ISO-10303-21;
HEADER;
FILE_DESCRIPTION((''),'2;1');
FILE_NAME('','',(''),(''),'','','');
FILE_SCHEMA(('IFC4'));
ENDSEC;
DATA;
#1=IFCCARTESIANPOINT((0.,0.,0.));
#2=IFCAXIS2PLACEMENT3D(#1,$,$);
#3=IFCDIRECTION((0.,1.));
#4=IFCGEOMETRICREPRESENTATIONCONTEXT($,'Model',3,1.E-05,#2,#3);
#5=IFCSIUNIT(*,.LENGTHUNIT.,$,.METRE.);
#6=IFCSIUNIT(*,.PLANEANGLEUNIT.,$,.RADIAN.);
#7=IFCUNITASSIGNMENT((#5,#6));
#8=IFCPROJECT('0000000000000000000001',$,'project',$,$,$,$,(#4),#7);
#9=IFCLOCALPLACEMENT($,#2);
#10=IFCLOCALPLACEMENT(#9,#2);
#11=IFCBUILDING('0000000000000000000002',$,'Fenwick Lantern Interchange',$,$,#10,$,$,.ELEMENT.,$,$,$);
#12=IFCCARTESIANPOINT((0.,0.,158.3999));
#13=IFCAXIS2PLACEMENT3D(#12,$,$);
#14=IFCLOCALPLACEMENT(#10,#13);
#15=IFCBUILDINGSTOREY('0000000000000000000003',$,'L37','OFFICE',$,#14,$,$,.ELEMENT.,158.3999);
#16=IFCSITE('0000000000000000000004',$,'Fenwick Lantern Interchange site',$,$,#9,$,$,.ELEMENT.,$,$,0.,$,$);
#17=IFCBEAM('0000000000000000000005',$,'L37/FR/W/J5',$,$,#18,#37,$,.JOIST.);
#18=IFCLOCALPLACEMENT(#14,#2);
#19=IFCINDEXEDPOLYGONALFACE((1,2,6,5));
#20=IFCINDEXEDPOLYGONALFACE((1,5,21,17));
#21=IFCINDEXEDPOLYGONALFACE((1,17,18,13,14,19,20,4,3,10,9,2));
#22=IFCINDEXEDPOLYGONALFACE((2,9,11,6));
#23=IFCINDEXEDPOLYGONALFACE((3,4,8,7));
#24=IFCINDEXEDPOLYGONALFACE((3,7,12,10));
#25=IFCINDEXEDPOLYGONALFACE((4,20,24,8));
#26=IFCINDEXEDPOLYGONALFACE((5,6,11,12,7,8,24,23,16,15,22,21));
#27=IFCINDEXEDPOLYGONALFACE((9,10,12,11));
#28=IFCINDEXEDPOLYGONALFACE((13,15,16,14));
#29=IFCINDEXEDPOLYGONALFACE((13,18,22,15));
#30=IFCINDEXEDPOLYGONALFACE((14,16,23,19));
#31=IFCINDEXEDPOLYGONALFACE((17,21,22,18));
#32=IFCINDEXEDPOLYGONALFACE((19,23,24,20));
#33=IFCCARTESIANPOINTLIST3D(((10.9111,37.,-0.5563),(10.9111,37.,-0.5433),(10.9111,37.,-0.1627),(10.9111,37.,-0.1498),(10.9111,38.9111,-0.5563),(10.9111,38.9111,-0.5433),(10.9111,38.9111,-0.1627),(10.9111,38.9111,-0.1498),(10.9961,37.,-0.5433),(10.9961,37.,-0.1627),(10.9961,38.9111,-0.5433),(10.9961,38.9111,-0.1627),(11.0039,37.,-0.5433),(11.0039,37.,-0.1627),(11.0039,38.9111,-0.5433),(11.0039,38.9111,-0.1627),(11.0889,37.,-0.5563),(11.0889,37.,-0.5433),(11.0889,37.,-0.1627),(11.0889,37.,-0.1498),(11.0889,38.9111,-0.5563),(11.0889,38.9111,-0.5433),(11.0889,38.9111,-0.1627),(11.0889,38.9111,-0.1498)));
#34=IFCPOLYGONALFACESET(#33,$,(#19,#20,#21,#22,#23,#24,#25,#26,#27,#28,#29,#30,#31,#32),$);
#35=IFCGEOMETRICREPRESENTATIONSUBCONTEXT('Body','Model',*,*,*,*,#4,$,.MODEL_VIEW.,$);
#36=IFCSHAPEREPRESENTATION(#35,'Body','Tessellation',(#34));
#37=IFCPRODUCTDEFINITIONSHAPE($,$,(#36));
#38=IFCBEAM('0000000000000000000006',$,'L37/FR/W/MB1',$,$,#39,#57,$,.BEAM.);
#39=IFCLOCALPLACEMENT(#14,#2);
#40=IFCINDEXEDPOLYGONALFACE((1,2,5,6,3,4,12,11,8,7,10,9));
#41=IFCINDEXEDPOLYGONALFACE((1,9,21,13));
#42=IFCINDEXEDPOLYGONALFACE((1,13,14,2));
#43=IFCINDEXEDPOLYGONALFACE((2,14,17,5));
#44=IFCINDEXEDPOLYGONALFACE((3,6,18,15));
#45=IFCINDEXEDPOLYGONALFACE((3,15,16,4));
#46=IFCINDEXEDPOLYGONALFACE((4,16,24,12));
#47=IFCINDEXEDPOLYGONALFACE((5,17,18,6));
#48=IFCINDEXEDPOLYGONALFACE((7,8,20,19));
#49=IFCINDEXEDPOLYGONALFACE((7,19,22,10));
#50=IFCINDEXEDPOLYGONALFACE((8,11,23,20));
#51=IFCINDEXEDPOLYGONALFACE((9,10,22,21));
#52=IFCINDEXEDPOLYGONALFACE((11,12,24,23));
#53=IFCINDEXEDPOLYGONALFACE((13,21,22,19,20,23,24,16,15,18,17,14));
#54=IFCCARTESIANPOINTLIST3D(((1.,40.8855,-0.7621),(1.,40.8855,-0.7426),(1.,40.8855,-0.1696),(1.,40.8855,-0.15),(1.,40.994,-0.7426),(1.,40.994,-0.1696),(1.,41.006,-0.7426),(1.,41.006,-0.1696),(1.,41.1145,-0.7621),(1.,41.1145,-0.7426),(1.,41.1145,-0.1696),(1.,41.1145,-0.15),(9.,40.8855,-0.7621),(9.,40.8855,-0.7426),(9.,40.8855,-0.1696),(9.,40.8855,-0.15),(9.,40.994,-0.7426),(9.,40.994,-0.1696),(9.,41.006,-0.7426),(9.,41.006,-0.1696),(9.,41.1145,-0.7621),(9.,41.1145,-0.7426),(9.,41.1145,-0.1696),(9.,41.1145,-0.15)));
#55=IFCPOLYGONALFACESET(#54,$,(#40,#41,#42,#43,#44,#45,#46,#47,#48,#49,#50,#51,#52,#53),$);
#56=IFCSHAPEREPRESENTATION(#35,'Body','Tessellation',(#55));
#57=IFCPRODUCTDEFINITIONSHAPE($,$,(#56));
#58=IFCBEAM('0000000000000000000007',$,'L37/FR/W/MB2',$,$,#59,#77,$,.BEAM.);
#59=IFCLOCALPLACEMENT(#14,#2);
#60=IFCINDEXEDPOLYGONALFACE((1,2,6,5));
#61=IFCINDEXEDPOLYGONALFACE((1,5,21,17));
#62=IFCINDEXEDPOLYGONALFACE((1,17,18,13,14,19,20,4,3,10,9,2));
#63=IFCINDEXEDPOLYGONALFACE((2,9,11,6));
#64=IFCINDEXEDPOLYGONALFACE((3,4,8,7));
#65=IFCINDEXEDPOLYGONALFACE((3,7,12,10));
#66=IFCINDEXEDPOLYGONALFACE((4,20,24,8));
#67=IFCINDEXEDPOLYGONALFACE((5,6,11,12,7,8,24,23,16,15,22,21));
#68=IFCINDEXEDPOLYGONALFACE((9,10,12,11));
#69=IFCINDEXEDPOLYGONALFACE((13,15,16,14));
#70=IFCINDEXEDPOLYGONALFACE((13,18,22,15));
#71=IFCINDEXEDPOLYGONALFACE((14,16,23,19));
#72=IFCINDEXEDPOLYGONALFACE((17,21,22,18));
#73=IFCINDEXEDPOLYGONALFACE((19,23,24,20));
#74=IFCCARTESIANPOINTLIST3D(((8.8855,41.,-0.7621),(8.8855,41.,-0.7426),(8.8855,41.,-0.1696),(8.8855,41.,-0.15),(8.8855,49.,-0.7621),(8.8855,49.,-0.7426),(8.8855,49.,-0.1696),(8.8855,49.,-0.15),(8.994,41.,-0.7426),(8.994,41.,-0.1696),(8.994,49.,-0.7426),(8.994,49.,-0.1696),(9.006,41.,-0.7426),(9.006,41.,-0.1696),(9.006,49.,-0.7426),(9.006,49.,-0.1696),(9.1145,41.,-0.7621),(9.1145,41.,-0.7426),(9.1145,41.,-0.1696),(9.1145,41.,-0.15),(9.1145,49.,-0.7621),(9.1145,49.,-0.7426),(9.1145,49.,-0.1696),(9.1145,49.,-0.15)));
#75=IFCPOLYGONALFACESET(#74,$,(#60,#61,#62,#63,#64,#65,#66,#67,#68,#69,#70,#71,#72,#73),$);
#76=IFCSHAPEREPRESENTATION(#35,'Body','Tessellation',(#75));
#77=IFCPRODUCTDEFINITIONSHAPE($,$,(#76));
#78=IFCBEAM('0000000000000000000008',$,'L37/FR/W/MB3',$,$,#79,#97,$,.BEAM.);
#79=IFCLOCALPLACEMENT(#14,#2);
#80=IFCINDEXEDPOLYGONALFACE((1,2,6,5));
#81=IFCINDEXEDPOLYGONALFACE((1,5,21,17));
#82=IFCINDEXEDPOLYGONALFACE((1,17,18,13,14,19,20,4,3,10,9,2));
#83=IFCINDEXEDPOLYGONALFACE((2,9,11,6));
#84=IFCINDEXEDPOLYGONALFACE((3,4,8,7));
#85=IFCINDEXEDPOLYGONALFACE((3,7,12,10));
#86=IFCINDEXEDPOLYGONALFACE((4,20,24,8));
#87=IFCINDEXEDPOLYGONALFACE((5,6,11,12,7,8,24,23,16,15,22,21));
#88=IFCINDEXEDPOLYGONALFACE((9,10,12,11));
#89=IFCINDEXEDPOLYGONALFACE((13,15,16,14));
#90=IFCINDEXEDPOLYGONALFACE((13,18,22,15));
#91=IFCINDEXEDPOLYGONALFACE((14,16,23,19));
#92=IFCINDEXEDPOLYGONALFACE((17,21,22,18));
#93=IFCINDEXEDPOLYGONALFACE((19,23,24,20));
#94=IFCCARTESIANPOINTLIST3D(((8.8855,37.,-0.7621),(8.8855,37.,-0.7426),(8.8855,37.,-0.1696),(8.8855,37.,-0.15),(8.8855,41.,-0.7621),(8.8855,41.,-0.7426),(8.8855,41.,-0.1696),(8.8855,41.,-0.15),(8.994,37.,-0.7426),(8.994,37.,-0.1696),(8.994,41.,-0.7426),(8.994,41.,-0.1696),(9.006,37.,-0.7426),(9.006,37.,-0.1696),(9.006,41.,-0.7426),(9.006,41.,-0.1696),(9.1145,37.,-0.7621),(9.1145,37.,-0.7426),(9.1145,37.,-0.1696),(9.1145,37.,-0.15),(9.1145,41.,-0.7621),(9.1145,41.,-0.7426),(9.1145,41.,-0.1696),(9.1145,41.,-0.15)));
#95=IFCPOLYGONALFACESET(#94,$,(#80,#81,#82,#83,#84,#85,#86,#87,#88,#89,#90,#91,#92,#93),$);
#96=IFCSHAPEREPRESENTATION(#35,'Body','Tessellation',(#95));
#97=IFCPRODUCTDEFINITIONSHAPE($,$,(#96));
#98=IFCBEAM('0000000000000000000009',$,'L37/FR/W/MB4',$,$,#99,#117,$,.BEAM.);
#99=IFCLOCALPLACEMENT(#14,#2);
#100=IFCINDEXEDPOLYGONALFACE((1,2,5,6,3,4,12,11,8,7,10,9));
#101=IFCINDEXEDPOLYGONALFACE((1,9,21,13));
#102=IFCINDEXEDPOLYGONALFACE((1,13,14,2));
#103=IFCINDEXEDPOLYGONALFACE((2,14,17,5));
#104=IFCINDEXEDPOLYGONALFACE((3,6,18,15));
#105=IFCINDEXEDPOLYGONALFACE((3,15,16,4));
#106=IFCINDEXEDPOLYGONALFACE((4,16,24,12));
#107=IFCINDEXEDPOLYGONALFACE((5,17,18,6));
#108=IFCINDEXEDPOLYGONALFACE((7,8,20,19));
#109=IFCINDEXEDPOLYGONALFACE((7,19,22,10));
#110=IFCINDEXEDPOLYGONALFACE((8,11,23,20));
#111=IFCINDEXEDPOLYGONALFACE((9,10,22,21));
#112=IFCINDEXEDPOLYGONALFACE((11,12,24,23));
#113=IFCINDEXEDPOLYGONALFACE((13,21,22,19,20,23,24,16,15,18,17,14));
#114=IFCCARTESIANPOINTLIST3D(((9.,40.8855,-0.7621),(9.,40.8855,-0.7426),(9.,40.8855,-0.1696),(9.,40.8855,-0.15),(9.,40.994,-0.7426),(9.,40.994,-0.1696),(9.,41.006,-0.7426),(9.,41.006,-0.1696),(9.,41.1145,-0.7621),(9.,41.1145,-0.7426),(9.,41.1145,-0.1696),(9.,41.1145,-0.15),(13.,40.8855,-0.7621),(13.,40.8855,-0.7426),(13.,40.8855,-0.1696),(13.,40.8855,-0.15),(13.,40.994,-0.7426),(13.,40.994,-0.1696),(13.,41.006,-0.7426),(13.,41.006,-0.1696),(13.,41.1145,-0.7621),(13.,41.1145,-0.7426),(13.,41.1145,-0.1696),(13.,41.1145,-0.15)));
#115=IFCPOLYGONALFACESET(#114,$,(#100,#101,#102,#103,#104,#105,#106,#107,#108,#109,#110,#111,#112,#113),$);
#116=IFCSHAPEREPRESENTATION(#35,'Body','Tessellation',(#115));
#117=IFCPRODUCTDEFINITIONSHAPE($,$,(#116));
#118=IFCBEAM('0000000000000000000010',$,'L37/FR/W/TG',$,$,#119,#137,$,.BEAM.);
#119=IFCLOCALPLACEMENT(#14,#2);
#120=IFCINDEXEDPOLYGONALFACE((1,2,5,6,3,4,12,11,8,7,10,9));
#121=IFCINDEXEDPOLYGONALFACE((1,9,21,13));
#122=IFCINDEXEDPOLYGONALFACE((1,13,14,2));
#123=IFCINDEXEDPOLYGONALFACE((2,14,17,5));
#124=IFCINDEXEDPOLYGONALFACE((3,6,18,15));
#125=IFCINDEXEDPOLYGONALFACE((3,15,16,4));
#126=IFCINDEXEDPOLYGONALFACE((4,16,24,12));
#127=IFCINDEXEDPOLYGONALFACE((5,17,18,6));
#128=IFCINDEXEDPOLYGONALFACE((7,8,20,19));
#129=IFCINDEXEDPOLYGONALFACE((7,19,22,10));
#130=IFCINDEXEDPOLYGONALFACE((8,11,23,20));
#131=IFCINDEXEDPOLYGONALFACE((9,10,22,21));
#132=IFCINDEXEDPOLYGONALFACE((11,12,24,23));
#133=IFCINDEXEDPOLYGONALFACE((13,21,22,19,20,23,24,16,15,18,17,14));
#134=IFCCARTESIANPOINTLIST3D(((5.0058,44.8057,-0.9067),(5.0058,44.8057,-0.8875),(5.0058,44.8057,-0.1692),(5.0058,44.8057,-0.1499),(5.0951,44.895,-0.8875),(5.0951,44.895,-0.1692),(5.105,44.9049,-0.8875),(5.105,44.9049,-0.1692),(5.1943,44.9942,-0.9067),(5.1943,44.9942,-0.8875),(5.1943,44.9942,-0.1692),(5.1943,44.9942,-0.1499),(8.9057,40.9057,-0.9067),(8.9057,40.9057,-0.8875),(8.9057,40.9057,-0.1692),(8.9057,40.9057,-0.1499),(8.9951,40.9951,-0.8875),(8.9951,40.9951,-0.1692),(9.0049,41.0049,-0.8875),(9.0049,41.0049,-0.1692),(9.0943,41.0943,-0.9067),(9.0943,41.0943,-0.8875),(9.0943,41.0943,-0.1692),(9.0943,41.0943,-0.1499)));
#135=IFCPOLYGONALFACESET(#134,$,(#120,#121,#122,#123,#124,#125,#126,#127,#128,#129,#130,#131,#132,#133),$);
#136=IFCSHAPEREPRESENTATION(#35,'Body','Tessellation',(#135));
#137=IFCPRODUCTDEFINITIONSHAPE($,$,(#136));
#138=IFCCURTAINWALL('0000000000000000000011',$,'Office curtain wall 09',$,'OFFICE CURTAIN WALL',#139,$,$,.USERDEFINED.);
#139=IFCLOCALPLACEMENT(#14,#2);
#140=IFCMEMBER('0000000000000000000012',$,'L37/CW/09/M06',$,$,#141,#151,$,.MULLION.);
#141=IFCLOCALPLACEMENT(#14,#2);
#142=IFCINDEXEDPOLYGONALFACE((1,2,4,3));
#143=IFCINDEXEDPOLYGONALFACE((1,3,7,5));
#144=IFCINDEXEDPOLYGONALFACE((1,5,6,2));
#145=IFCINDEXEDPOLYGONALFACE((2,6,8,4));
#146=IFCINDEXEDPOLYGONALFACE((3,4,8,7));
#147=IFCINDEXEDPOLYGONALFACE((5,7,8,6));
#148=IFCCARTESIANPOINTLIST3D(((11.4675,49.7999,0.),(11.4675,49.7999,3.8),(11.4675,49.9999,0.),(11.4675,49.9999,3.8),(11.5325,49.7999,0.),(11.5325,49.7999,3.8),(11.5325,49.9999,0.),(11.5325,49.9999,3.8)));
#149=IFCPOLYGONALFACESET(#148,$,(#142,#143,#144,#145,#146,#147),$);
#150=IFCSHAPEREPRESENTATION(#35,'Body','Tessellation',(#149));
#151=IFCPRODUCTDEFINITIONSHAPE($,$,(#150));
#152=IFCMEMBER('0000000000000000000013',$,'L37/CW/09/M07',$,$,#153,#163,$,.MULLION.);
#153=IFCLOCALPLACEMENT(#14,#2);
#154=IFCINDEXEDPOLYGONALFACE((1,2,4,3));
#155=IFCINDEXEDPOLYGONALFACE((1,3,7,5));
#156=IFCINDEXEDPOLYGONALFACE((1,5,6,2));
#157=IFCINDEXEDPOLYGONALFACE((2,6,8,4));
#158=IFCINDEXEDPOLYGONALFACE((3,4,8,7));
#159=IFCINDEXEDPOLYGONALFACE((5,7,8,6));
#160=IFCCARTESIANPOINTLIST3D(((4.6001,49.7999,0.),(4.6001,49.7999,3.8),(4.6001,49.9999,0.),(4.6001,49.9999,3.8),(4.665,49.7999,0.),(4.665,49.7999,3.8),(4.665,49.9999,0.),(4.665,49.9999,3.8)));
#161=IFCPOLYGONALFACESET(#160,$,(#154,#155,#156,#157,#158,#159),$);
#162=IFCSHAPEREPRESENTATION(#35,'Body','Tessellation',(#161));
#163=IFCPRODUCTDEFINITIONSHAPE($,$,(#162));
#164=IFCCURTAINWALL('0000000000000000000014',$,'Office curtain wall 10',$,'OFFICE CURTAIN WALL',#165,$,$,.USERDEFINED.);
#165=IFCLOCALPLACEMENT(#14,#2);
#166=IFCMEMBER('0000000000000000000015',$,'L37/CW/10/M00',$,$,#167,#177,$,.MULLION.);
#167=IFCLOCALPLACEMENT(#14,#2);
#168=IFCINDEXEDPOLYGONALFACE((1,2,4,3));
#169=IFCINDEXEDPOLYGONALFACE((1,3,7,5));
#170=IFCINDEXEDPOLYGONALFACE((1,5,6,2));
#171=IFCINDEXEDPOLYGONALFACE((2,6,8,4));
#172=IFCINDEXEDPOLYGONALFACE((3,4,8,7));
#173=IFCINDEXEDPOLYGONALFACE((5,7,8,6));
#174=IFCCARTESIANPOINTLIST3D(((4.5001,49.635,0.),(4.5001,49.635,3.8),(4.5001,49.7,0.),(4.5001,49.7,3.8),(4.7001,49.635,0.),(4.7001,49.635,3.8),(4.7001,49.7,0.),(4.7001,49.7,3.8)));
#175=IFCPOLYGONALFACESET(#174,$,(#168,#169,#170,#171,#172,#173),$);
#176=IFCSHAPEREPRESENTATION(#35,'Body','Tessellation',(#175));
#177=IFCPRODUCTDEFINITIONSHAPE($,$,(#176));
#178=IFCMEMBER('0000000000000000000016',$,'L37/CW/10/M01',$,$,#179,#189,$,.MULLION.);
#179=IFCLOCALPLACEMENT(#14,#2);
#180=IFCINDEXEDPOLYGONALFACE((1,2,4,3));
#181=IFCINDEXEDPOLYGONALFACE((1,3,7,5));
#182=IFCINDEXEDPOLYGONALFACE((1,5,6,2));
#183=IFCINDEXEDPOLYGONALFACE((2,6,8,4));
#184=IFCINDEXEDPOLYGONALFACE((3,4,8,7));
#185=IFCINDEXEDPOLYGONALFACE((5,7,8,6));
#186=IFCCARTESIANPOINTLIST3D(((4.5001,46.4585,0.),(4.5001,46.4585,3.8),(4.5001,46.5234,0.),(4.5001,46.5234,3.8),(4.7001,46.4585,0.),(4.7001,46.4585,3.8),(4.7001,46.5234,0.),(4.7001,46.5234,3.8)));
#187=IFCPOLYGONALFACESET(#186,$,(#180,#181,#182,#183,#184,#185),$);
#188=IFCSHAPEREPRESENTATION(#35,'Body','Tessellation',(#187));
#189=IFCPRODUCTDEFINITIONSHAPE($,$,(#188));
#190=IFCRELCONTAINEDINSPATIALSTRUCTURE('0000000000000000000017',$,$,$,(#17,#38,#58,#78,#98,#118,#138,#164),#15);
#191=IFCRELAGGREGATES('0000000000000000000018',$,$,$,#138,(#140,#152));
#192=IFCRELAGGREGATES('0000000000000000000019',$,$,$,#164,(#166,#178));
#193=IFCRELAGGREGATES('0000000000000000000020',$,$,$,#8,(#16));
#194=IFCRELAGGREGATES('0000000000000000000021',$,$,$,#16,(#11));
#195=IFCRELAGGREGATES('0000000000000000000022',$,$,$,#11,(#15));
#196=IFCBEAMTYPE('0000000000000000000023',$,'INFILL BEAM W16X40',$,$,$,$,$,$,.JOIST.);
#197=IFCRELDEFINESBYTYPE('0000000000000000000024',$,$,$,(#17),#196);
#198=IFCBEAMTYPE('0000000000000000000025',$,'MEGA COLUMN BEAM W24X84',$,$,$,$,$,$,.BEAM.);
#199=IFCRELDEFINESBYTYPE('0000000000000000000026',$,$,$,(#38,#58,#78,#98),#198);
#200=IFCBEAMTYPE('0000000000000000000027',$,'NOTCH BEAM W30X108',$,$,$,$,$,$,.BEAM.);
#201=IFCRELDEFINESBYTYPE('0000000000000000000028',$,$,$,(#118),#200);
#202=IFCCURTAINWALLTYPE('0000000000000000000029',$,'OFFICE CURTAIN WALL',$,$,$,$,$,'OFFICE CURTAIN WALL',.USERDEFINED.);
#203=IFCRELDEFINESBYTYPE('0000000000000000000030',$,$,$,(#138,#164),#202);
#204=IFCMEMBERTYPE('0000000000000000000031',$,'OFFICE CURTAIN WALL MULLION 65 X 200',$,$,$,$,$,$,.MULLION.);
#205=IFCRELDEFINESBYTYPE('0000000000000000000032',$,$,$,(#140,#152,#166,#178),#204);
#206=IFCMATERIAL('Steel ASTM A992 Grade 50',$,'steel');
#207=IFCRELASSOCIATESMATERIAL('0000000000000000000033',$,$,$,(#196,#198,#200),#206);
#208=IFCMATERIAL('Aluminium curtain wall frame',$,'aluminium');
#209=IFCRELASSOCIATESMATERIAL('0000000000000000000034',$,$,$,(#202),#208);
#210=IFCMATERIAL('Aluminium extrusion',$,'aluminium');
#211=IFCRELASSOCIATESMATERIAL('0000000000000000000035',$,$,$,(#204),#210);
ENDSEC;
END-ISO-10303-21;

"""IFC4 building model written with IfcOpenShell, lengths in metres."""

from ifc_helpers import new_model, si_unit, direction, frame, origin, origin_2d, place, context, subcontext, project, spatial, rectangle, i_section, extrude, material, material_profile, profile_set, type_object, element, aggregate, save


model = new_model("IFC4")

# Units and contexts
model_context = context("Model", 3, precision=1e-05, world=origin(), true_north=direction((0.0, 1.0)))
body_context = subcontext(model_context, "Body", "Model", "MODEL_VIEW")
ifc_project = project(units=[si_unit("LENGTHUNIT", "METRE"), si_unit("PLANEANGLEUNIT", "RADIAN")], contexts=[model_context])

# Site, building, storey
site_placement = place(None, origin())
site = spatial("IfcSite", under=ifc_project, at=site_placement, Name="Fenwick Lantern Interchange site", CompositionType="ELEMENT", RefElevation=0.0)
building_placement = place(site_placement, origin())
building = spatial("IfcBuilding", under=site, at=building_placement, Name="Fenwick Lantern Interchange", CompositionType="ELEMENT")
storey_placement = place(building_placement, frame((0.0, 0.0, 158.3999)))
storey = spatial("IfcBuildingStorey", under=building, at=storey_placement, Name="L37", Description="OFFICE", CompositionType="ELEMENT", Elevation=158.3999)

# Shared definitions
ifc_material_1 = material(Name="Steel ASTM A992 Grade 50", Category="steel")

# Beams
ifc_material_profile_1 = material_profile(ifc_material_1, i_section(OverallWidth=0.1777, OverallDepth=0.4065, WebThickness=0.0078, FlangeThickness=0.0129, at=origin_2d()), Name="W16X40")
ifc_profile_set_1 = profile_set([ifc_material_profile_1], Name="Steel ASTM A992 Grade 50")
beam_type_1 = type_object("IfcBeamType", Name="INFILL BEAM W16X40", PredefinedType="JOIST", material=ifc_profile_set_1)
beam_1_placement = place(storey_placement, frame((11.0, 38.9111, -0.353), z_axis=(0.0, -1.0, 0.0), x_axis=(1.0, 0.0, 0.0)))
element("IfcBeam", 1, at=beam_1_placement, inside=storey, type_object=beam_type_1, Name="L37/FR/W/J5", PredefinedType="JOIST", context=body_context, shape_type="SweptSolid", body=[
    extrude(i_section(OverallWidth=0.1777, OverallDepth=0.4065, WebThickness=0.0078, FlangeThickness=0.0129, at=origin_2d()), origin(), (0.0, 0.0, 1.0), 1.9111),
])
ifc_material_profile_2 = material_profile(ifc_material_1, i_section(OverallWidth=0.229, OverallDepth=0.6121, WebThickness=0.012, FlangeThickness=0.0195, at=origin_2d()), Name="W24X84")
ifc_profile_set_2 = profile_set([ifc_material_profile_2], Name="Steel ASTM A992 Grade 50")
beam_type_2 = type_object("IfcBeamType", Name="MEGA COLUMN BEAM W24X84", PredefinedType="BEAM", material=ifc_profile_set_2)
for number, where, z_axis, x_axis, name in (
    (2, (9.0, 41.0, -0.4561), (-1.0, 0.0, 0.0), (0.0, -1.0, 0.0), "L37/FR/W/MB1"),
    (3, (9.0, 41.0, -0.4561), (0.0, 1.0, 0.0), (-1.0, 0.0, 0.0), "L37/FR/W/MB2"),
):
    element("IfcBeam", number, at=place(storey_placement, frame(where, z_axis=z_axis, x_axis=x_axis)), inside=storey, type_object=beam_type_2, Name=name, PredefinedType="BEAM", context=body_context, shape_type="SweptSolid", body=[
        extrude(i_section(OverallWidth=0.229, OverallDepth=0.6121, WebThickness=0.012, FlangeThickness=0.0195, at=origin_2d()), origin(), (0.0, 0.0, 1.0), 8.0),
    ])
for number, where, z_axis, x_axis, name in (
    (4, (9.0, 41.0, -0.4561), (0.0, -1.0, 0.0), (1.0, 0.0, 0.0), "L37/FR/W/MB3"),
    (5, (9.0, 41.0, -0.4561), (1.0, 0.0, 0.0), (0.0, 1.0, 0.0), "L37/FR/W/MB4"),
):
    element("IfcBeam", number, at=place(storey_placement, frame(where, z_axis=z_axis, x_axis=x_axis)), inside=storey, type_object=beam_type_2, Name=name, PredefinedType="BEAM", context=body_context, shape_type="SweptSolid", body=[
        extrude(i_section(OverallWidth=0.229, OverallDepth=0.6121, WebThickness=0.012, FlangeThickness=0.0195, at=origin_2d()), origin(), (0.0, 0.0, 1.0), 4.0),
    ])
ifc_material_profile_3 = material_profile(ifc_material_1, i_section(OverallWidth=0.2666, OverallDepth=0.7568, WebThickness=0.0139, FlangeThickness=0.0193, at=origin_2d()), Name="W30X108")
ifc_profile_set_3 = profile_set([ifc_material_profile_3], Name="Steel ASTM A992 Grade 50")
beam_type_3 = type_object("IfcBeamType", Name="NOTCH BEAM W30X108", PredefinedType="BEAM", material=ifc_profile_set_3)
beam_2_placement = place(storey_placement, frame((9.0, 41.0, -0.5283), z_axis=(-0.707107, 0.707107, 0.0), x_axis=(-0.707107, -0.707107, 0.0)))
element("IfcBeam", 6, at=beam_2_placement, inside=storey, type_object=beam_type_3, Name="L37/FR/W/TG", PredefinedType="BEAM", context=body_context, shape_type="SweptSolid", body=[
    extrude(i_section(OverallWidth=0.2666, OverallDepth=0.7568, WebThickness=0.0139, FlangeThickness=0.0193, at=origin_2d()), origin(), (0.0, 0.0, 1.0), 5.5154),
])

# Curtain walls, members
ifc_material_2 = material(Name="Aluminium curtain wall frame", Category="aluminium")
curtain_wall_type = type_object("IfcCurtainWallType", Name="OFFICE CURTAIN WALL", ElementType="OFFICE CURTAIN WALL", PredefinedType="USERDEFINED", material=ifc_material_2)
curtain_wall_1_placement = place(storey_placement, origin())
curtain_wall_1 = element("IfcCurtainWall", 7, at=curtain_wall_1_placement, inside=storey, type_object=curtain_wall_type, Name="Office curtain wall 09", ObjectType="OFFICE CURTAIN WALL", PredefinedType="USERDEFINED")
ifc_material_3 = material(Name="Aluminium extrusion", Category="aluminium")
ifc_material_profile_4 = material_profile(ifc_material_3, rectangle(XDim=0.2, YDim=0.0649, at=origin_2d()), Name="OFFICE CURTAIN WALL MULLION 65 X 200")
ifc_profile_set_4 = profile_set([ifc_material_profile_4], Name="Aluminium extrusion")
member_type_1 = type_object("IfcMemberType", Name="OFFICE CURTAIN WALL MULLION 65 X 200", PredefinedType="MULLION", material=ifc_profile_set_4)
member_1_placement = place(storey_placement, frame((11.5, 49.8999, 0.0), z_axis=(0.0, 0.0, 1.0), x_axis=(0.0, -1.0, 0.0)))
member_1 = element("IfcMember", 8, at=member_1_placement, type_object=member_type_1, Name="L37/CW/09/M06", PredefinedType="MULLION", context=body_context, shape_type="SweptSolid", body=[
    extrude(rectangle(XDim=0.2, YDim=0.0649, at=origin_2d()), origin(), (0.0, 0.0, 1.0), 3.8),
])
member_2_placement = place(storey_placement, frame((4.6326, 49.8999, 0.0), z_axis=(0.0, 0.0, 1.0), x_axis=(0.0, -1.0, 0.0)))
member_2 = element("IfcMember", 9, at=member_2_placement, type_object=member_type_1, Name="L37/CW/09/M07", PredefinedType="MULLION", context=body_context, shape_type="SweptSolid", body=[
    extrude(rectangle(XDim=0.2, YDim=0.0649, at=origin_2d()), origin(), (0.0, 0.0, 1.0), 3.8),
])
curtain_wall_2_placement = place(storey_placement, origin())
curtain_wall_2 = element("IfcCurtainWall", 10, at=curtain_wall_2_placement, inside=storey, type_object=curtain_wall_type, Name="Office curtain wall 10", ObjectType="OFFICE CURTAIN WALL", PredefinedType="USERDEFINED")
member_3_placement = place(storey_placement, frame((4.6001, 49.6675, 0.0), z_axis=(0.0, 0.0, 1.0), x_axis=(1.0, 0.0, 0.0)))
member_3 = element("IfcMember", 11, at=member_3_placement, type_object=member_type_1, Name="L37/CW/10/M00", PredefinedType="MULLION", context=body_context, shape_type="SweptSolid", body=[
    extrude(rectangle(XDim=0.2, YDim=0.0649, at=origin_2d()), origin(), (0.0, 0.0, 1.0), 3.8),
])
member_4_placement = place(storey_placement, frame((4.6001, 46.491, 0.0), z_axis=(0.0, 0.0, 1.0), x_axis=(1.0, 0.0, 0.0)))
member_4 = element("IfcMember", 12, at=member_4_placement, type_object=member_type_1, Name="L37/CW/10/M01", PredefinedType="MULLION", context=body_context, shape_type="SweptSolid", body=[
    extrude(rectangle(XDim=0.2, YDim=0.0649, at=origin_2d()), origin(), (0.0, 0.0, 1.0), 3.8),
])

aggregate(curtain_wall_1, [member_1, member_2])

aggregate(curtain_wall_2, [member_3, member_4])

save(model, "model.ifc")
